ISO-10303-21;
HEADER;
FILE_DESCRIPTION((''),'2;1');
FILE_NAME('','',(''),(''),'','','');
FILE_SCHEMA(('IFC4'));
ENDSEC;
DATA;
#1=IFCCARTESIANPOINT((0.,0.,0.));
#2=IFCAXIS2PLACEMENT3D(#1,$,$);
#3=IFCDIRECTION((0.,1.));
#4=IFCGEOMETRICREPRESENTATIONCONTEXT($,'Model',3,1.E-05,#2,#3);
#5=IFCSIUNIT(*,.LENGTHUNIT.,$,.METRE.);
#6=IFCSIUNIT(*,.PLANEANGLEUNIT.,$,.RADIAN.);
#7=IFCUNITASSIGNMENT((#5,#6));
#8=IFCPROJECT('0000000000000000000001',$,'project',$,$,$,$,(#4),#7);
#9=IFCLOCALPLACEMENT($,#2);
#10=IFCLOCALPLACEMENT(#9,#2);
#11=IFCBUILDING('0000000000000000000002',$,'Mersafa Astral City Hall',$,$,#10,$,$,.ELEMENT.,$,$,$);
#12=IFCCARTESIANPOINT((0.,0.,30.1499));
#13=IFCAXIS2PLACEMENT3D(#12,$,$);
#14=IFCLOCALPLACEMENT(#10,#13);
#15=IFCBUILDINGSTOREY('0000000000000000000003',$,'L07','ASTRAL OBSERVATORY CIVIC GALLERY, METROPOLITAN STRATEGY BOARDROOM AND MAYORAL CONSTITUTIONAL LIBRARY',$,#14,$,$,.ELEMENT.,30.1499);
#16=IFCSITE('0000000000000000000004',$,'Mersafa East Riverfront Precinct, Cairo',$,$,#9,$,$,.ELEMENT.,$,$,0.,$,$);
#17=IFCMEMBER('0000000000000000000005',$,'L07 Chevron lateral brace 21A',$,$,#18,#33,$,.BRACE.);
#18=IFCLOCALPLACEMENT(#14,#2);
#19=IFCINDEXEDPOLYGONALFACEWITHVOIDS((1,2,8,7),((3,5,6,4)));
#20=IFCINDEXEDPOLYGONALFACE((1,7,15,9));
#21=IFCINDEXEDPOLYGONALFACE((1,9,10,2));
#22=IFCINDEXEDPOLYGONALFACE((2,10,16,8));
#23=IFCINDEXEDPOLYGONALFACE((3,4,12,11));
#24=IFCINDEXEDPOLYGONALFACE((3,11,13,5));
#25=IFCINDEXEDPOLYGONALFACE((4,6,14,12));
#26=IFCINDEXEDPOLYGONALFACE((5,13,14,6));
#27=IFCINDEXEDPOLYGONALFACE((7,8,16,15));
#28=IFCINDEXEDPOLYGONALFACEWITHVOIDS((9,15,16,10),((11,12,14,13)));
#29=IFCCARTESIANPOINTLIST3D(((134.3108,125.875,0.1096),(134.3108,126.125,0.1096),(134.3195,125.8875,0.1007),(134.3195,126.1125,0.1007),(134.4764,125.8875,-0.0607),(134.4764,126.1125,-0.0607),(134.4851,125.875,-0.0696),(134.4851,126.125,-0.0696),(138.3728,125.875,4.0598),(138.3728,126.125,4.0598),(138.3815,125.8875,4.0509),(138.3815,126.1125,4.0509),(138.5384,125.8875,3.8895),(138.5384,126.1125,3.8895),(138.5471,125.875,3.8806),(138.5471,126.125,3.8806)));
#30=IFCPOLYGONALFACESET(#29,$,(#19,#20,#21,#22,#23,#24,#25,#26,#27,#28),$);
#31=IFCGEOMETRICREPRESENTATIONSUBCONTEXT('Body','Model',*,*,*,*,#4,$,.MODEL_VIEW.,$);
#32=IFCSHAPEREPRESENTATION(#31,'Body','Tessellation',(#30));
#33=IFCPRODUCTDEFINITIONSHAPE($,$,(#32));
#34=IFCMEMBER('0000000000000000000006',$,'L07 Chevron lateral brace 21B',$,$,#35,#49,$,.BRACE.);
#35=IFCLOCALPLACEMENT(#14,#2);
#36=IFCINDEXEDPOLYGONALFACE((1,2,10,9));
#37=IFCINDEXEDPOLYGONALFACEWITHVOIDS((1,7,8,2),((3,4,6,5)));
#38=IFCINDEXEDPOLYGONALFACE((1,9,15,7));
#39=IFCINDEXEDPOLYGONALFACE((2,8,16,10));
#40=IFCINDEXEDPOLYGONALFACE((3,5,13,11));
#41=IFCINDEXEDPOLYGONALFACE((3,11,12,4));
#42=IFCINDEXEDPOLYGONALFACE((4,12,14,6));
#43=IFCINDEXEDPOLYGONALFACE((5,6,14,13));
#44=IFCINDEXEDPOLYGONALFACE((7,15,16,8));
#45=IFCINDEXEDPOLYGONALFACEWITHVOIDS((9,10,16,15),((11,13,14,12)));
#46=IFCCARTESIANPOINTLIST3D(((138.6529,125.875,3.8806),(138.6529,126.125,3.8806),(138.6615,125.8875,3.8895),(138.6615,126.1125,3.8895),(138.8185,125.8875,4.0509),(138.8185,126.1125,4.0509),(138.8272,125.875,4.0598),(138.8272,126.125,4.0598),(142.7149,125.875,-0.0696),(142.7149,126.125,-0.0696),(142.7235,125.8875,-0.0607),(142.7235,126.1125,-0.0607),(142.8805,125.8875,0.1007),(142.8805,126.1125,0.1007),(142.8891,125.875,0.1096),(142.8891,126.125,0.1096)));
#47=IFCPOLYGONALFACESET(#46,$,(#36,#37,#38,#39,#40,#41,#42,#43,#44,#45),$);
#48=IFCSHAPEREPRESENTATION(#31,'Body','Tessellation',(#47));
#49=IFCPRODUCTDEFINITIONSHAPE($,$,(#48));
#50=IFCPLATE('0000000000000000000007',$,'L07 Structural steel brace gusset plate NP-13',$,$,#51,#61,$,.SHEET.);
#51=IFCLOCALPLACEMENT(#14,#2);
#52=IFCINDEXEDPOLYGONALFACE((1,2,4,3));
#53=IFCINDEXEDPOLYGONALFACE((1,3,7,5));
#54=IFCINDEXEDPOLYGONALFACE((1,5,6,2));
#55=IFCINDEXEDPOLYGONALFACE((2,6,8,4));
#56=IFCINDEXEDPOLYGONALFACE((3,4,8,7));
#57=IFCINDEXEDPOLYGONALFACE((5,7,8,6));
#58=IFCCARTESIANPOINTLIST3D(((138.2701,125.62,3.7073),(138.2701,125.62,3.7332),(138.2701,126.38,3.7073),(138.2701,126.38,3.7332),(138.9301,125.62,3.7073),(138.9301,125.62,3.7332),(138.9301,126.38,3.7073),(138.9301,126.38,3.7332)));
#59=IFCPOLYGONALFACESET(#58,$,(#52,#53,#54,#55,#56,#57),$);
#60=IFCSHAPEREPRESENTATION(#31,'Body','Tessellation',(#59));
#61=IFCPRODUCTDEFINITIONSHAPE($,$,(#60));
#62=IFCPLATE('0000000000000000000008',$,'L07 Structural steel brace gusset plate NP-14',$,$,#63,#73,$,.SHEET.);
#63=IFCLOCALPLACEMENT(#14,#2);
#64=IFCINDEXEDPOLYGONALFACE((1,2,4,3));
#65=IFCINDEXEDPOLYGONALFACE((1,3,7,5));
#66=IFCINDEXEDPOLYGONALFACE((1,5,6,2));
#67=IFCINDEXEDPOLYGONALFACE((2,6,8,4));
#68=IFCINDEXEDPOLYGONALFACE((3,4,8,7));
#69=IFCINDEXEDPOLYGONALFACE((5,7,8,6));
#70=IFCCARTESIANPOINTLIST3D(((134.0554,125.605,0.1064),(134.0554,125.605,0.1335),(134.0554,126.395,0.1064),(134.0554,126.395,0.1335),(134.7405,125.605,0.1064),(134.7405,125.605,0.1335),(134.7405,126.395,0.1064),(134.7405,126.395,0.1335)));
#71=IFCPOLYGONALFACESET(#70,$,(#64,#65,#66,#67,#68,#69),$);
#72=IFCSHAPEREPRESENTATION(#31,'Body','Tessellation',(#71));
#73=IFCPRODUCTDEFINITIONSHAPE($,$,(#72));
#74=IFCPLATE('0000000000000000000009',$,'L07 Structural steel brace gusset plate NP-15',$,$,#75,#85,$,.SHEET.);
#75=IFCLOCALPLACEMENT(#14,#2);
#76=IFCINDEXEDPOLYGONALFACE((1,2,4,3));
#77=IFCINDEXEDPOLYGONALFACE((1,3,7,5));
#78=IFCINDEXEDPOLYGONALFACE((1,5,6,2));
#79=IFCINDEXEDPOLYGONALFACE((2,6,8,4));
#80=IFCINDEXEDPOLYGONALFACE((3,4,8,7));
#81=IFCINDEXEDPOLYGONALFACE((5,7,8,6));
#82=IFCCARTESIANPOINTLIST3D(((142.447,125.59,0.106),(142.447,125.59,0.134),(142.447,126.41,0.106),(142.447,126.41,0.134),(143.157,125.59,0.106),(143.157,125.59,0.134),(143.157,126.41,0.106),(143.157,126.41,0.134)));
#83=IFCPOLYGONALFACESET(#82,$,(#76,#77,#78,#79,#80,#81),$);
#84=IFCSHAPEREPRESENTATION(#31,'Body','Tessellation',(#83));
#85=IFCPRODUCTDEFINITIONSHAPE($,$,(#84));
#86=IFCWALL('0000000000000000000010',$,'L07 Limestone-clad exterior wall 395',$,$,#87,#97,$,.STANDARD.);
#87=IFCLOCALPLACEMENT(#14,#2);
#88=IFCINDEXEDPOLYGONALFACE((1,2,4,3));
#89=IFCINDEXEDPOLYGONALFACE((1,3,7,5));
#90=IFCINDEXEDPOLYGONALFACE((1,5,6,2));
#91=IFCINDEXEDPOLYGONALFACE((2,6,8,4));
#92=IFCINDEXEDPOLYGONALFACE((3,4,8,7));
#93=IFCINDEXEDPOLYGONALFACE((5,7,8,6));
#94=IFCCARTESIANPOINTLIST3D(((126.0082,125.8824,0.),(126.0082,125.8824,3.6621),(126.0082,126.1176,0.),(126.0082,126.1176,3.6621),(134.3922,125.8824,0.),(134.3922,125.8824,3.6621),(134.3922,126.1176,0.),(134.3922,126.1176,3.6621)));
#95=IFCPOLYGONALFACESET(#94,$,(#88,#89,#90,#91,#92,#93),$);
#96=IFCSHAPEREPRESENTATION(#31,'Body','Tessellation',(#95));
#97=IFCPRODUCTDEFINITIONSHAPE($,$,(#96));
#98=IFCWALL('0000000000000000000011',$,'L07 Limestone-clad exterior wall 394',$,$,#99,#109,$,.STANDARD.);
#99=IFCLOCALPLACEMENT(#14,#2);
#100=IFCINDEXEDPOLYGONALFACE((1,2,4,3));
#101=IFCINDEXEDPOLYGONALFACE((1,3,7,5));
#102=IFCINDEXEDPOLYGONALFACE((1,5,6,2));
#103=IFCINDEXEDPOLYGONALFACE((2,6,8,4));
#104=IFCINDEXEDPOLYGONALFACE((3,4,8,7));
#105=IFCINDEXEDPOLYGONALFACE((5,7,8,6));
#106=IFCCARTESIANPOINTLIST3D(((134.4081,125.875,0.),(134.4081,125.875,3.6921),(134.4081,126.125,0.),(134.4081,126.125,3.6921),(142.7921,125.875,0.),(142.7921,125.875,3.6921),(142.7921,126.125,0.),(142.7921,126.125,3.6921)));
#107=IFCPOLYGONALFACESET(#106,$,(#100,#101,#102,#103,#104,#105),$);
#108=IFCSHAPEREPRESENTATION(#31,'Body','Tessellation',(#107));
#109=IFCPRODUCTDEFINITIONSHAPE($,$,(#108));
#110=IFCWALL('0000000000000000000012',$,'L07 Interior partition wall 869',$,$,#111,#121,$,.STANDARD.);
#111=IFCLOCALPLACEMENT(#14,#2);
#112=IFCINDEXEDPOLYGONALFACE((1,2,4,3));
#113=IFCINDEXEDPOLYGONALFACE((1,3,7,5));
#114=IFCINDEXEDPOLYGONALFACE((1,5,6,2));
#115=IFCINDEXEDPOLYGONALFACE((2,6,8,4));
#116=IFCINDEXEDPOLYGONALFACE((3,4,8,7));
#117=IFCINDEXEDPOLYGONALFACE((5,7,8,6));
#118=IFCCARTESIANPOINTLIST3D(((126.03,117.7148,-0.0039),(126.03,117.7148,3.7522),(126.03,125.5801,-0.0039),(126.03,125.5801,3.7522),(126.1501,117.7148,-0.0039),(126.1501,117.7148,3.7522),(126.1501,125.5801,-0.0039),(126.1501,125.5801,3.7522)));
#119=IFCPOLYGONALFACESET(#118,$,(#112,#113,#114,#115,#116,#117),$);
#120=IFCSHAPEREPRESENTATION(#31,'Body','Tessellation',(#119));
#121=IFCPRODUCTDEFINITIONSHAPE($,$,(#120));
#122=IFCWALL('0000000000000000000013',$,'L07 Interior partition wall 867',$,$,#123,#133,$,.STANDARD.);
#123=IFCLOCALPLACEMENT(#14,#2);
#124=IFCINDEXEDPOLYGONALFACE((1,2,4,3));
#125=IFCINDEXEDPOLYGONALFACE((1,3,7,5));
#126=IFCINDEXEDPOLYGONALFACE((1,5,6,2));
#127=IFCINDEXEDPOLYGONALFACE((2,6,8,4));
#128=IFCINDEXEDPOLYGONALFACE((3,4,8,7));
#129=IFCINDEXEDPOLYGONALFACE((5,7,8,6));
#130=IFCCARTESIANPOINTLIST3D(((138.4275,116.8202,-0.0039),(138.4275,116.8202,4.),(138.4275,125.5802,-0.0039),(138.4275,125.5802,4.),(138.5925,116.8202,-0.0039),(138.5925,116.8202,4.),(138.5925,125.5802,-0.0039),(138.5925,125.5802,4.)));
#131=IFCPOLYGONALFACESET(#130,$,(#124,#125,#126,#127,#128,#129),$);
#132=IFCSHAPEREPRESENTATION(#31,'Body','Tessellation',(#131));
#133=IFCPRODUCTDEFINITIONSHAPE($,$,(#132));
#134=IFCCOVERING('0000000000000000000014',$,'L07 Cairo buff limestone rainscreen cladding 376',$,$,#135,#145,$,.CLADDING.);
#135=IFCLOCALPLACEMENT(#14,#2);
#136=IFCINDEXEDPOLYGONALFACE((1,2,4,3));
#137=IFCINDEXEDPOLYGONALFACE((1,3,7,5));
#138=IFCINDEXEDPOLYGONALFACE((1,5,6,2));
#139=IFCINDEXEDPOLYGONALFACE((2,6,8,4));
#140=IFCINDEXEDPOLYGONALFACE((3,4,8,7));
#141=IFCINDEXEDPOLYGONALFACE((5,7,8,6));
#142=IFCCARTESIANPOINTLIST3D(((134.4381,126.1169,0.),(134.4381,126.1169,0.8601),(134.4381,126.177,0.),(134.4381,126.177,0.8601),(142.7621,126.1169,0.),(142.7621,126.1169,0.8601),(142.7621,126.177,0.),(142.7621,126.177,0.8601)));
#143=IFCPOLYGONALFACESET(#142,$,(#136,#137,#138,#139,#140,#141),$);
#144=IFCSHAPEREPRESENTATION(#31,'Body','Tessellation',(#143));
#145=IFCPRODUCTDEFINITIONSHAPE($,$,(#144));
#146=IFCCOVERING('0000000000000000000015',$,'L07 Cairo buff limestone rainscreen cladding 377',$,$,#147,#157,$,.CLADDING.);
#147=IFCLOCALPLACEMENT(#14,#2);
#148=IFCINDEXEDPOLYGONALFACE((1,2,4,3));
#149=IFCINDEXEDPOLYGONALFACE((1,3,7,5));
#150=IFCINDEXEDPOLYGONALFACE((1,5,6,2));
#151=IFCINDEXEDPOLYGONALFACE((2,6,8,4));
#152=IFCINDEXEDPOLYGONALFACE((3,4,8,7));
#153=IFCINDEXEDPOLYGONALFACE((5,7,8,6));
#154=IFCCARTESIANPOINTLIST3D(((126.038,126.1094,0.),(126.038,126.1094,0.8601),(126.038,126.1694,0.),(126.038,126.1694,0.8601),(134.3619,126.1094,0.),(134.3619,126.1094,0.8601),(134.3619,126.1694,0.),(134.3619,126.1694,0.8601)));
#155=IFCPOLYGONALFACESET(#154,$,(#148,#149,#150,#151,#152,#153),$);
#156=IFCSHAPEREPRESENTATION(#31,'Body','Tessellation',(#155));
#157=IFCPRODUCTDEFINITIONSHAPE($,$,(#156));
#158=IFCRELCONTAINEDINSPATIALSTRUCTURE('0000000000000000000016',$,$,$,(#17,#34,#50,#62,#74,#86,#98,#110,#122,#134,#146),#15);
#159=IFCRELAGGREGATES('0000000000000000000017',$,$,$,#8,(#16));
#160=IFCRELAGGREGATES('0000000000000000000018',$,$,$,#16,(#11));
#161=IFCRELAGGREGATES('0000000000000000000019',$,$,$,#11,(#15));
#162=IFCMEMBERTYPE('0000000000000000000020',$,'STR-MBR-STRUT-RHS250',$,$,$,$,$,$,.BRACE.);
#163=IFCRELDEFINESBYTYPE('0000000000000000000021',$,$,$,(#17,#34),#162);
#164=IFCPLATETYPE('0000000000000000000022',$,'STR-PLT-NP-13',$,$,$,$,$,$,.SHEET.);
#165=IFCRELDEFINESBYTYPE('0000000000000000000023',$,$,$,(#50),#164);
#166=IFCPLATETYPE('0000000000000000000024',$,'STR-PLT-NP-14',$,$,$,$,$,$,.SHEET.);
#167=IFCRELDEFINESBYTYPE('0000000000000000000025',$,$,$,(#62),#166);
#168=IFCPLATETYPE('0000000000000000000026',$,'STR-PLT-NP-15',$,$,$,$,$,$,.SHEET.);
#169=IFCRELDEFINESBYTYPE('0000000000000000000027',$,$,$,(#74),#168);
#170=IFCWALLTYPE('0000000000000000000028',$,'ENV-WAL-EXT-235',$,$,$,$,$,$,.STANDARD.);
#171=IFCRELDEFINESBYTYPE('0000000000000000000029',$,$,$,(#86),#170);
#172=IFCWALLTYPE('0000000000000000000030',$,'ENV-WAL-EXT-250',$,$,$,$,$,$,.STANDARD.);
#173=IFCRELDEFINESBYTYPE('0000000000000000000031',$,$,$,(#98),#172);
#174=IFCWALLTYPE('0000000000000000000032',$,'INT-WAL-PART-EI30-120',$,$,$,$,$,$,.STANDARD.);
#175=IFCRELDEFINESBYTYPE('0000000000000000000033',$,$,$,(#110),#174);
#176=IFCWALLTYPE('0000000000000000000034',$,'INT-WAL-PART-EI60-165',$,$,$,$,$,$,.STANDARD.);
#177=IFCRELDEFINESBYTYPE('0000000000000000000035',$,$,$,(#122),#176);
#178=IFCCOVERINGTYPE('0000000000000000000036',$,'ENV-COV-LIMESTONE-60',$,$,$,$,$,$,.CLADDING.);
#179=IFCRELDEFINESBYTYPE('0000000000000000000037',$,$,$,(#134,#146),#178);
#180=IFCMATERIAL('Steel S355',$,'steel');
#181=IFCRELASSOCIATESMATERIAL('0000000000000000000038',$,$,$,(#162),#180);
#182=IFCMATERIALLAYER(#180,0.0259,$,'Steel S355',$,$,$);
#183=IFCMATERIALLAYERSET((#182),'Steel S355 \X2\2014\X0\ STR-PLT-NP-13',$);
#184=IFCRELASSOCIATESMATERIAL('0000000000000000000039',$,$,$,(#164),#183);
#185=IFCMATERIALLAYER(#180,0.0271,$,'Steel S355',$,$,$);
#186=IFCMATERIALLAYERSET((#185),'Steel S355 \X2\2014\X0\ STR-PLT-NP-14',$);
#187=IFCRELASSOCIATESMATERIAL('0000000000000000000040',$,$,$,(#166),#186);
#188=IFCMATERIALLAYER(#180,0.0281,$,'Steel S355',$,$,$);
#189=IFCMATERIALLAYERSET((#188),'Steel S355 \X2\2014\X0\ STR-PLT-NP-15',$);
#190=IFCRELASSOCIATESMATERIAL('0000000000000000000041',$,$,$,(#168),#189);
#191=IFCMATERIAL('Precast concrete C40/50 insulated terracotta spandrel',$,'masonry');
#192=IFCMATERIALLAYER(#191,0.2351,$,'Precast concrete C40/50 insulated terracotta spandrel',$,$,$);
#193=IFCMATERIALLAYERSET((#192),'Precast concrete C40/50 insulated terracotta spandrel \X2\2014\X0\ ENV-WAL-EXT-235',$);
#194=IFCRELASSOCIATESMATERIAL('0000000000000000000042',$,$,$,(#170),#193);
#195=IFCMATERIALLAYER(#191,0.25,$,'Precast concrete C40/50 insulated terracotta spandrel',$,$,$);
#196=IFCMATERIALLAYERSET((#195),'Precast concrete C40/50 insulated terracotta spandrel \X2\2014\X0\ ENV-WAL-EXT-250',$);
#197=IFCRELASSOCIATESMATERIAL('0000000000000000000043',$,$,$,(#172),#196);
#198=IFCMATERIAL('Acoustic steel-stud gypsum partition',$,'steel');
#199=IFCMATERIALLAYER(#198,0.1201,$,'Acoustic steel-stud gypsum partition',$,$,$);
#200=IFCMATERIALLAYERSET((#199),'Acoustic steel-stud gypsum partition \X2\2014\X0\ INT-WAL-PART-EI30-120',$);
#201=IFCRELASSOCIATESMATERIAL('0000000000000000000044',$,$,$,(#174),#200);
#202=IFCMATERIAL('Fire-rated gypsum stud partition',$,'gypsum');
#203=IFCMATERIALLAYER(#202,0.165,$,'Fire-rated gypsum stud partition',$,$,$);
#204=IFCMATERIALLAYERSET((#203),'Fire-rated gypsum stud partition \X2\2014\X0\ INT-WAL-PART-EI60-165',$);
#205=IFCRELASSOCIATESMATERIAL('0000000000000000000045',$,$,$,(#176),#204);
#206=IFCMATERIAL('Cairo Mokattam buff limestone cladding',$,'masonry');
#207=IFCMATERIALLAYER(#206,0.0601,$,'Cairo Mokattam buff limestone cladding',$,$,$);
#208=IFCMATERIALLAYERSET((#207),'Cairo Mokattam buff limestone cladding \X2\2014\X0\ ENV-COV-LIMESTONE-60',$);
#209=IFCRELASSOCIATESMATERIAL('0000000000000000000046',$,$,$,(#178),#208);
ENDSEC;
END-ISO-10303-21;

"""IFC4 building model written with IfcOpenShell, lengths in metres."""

from ifc_helpers import new_model, si_unit, direction, frame, frame_2d, origin, origin_2d, place, context, subcontext, project, spatial, rectangle, hollow_rectangle, extrude, material, layer, layer_set, material_profile, profile_set, type_object, element, save


model = new_model("IFC4")

# Units and contexts
model_context = context("Model", 3, precision=1e-05, world=origin(), true_north=direction((0.0, 1.0)))
body_context = subcontext(model_context, "Body", "Model", "MODEL_VIEW")
ifc_project = project(units=[si_unit("LENGTHUNIT", "METRE"), si_unit("PLANEANGLEUNIT", "RADIAN")], contexts=[model_context])

# Site, building, storey
site_placement = place(None, origin())
site = spatial("IfcSite", under=ifc_project, at=site_placement, Name="Mersafa East Riverfront Precinct, Cairo", CompositionType="ELEMENT", RefElevation=0.0)
building_placement = place(site_placement, origin())
building = spatial("IfcBuilding", under=site, at=building_placement, Name="Mersafa Astral City Hall", CompositionType="ELEMENT")
storey_placement = place(building_placement, frame((0.0, 0.0, 30.1499)))
storey = spatial("IfcBuildingStorey", under=building, at=storey_placement, Name="L07", Description="ASTRAL OBSERVATORY CIVIC GALLERY, METROPOLITAN STRATEGY BOARDROOM AND MAYORAL CONSTITUTIONAL LIBRARY", CompositionType="ELEMENT", Elevation=30.1499)

# Shared definitions
ifc_material_1 = material(Name="Steel S355", Category="steel")

# Members
ifc_material_profile_1 = material_profile(ifc_material_1, hollow_rectangle(XDim=0.25, YDim=0.25, WallThickness=0.0125, at=origin_2d()), Name="RHS 250x250x12.5")
ifc_profile_set_1 = profile_set([ifc_material_profile_1], Name="Steel S355")
member_type_1 = type_object("IfcMemberType", Name="STR-MBR-STRUT-RHS250", PredefinedType="BRACE", material=ifc_profile_set_1)
for number, where, z_axis, x_axis, name in (
    (1, (134.3979, 126.0, 0.02), (0.716905, 0.0, 0.697171), (0.0, 1.0, 0.0), "L07 Chevron lateral brace 21A"),
    (2, (142.802, 126.0, 0.02), (-0.716905, 0.0, 0.697171), (0.0, -1.0, 0.0), "L07 Chevron lateral brace 21B"),
):
    element("IfcMember", number, at=place(storey_placement, frame(where, z_axis=z_axis, x_axis=x_axis)), inside=storey, type_object=member_type_1, Name=name, PredefinedType="BRACE", context=body_context, shape_type="SweptSolid", body=[
        extrude(hollow_rectangle(XDim=0.25, YDim=0.25, WallThickness=0.0125, at=origin_2d()), origin(), (0.0, 0.0, 1.0), 5.666),
    ])

# Plates
ifc_layer_1 = layer(ifc_material_1, 0.0259, Name="Steel S355")
ifc_layer_set_1 = layer_set([ifc_layer_1], Name="Steel S355 — STR-PLT-NP-13")
plate_type_1 = type_object("IfcPlateType", Name="STR-PLT-NP-13", PredefinedType="SHEET", material=ifc_layer_set_1)
plate_1_placement = place(storey_placement, frame((138.6001, 126.0, 3.7073), z_axis=(0.0, 0.0, 1.0), x_axis=(1.0, 0.0, 0.0)))
element("IfcPlate", 3, at=plate_1_placement, inside=storey, type_object=plate_type_1, Name="L07 Structural steel brace gusset plate NP-13", PredefinedType="SHEET", context=body_context, shape_type="SweptSolid", body=[
    extrude(rectangle(XDim=0.6599, YDim=0.76, at=origin_2d()), origin(), (0.0, 0.0, 1.0), 0.0259),
])
ifc_layer_2 = layer(ifc_material_1, 0.0271, Name="Steel S355")
ifc_layer_set_2 = layer_set([ifc_layer_2], Name="Steel S355 — STR-PLT-NP-14")
plate_type_2 = type_object("IfcPlateType", Name="STR-PLT-NP-14", PredefinedType="SHEET", material=ifc_layer_set_2)
plate_2_placement = place(storey_placement, frame((134.3979, 126.0, 0.1064), z_axis=(0.0, 0.0, 1.0), x_axis=(1.0, 0.0, 0.0)))
element("IfcPlate", 4, at=plate_2_placement, inside=storey, type_object=plate_type_2, Name="L07 Structural steel brace gusset plate NP-14", PredefinedType="SHEET", context=body_context, shape_type="SweptSolid", body=[
    extrude(rectangle(XDim=0.6851, YDim=0.79, at=origin_2d()), origin(), (0.0, 0.0, 1.0), 0.0271),
])
ifc_layer_3 = layer(ifc_material_1, 0.0281, Name="Steel S355")
ifc_layer_set_3 = layer_set([ifc_layer_3], Name="Steel S355 — STR-PLT-NP-15")
plate_type_3 = type_object("IfcPlateType", Name="STR-PLT-NP-15", PredefinedType="SHEET", material=ifc_layer_set_3)
plate_3_placement = place(storey_placement, frame((142.802, 126.0, 0.106), z_axis=(0.0, 0.0, 1.0), x_axis=(1.0, 0.0, 0.0)))
element("IfcPlate", 5, at=plate_3_placement, inside=storey, type_object=plate_type_3, Name="L07 Structural steel brace gusset plate NP-15", PredefinedType="SHEET", context=body_context, shape_type="SweptSolid", body=[
    extrude(rectangle(XDim=0.71, YDim=0.8201, at=origin_2d()), origin(), (0.0, 0.0, 1.0), 0.0281),
])

# Walls
ifc_material_2 = material(Name="Precast concrete C40/50 insulated terracotta spandrel", Category="masonry")
ifc_layer_4 = layer(ifc_material_2, 0.2351, Name="Precast concrete C40/50 insulated terracotta spandrel")
ifc_layer_set_4 = layer_set([ifc_layer_4], Name="Precast concrete C40/50 insulated terracotta spandrel — ENV-WAL-EXT-235")
wall_type_1 = type_object("IfcWallType", Name="ENV-WAL-EXT-235", PredefinedType="STANDARD", material=ifc_layer_set_4)
wall_1_placement = place(storey_placement, frame((134.3921, 126.0, 0.0), z_axis=(0.0, 0.0, 1.0), x_axis=(-1.0, 0.0, 0.0)))
element("IfcWall", 6, at=wall_1_placement, inside=storey, type_object=wall_type_1, Name="L07 Limestone-clad exterior wall 395", PredefinedType="STANDARD", context=body_context, shape_type="SweptSolid", body=[
    extrude(rectangle(XDim=8.384, YDim=0.2351, at=frame_2d((4.1919, 0.0))), origin(), (0.0, 0.0, 1.0), 3.6621),
])
ifc_layer_5 = layer(ifc_material_2, 0.25, Name="Precast concrete C40/50 insulated terracotta spandrel")
ifc_layer_set_5 = layer_set([ifc_layer_5], Name="Precast concrete C40/50 insulated terracotta spandrel — ENV-WAL-EXT-250")
wall_type_2 = type_object("IfcWallType", Name="ENV-WAL-EXT-250", PredefinedType="STANDARD", material=ifc_layer_set_5)
wall_2_placement = place(storey_placement, frame((142.792, 126.0, 0.0), z_axis=(0.0, 0.0, 1.0), x_axis=(-1.0, 0.0, 0.0)))
element("IfcWall", 7, at=wall_2_placement, inside=storey, type_object=wall_type_2, Name="L07 Limestone-clad exterior wall 394", PredefinedType="STANDARD", context=body_context, shape_type="SweptSolid", body=[
    extrude(rectangle(XDim=8.384, YDim=0.25, at=frame_2d((4.1919, 0.0))), origin(), (0.0, 0.0, 1.0), 3.6921),
])
ifc_material_3 = material(Name="Acoustic steel-stud gypsum partition", Category="steel")
ifc_layer_6 = layer(ifc_material_3, 0.1201, Name="Acoustic steel-stud gypsum partition")
ifc_layer_set_6 = layer_set([ifc_layer_6], Name="Acoustic steel-stud gypsum partition — INT-WAL-PART-EI30-120")
wall_type_3 = type_object("IfcWallType", Name="INT-WAL-PART-EI30-120", PredefinedType="STANDARD", material=ifc_layer_set_6)
wall_3_placement = place(storey_placement, frame((126.0901, 117.7148, -0.0039), z_axis=(0.0, 0.0, 1.0), x_axis=(0.0, 1.0, 0.0)))
element("IfcWall", 8, at=wall_3_placement, inside=storey, type_object=wall_type_3, Name="L07 Interior partition wall 869", PredefinedType="STANDARD", context=body_context, shape_type="SweptSolid", body=[
    extrude(rectangle(XDim=7.8652, YDim=0.1201, at=frame_2d((3.9326, 0.0))), origin(), (0.0, 0.0, 1.0), 3.7561),
])
ifc_material_4 = material(Name="Fire-rated gypsum stud partition", Category="gypsum")
ifc_layer_7 = layer(ifc_material_4, 0.165, Name="Fire-rated gypsum stud partition")
ifc_layer_set_7 = layer_set([ifc_layer_7], Name="Fire-rated gypsum stud partition — INT-WAL-PART-EI60-165")
wall_type_4 = type_object("IfcWallType", Name="INT-WAL-PART-EI60-165", PredefinedType="STANDARD", material=ifc_layer_set_7)
wall_4_placement = place(storey_placement, frame((138.51, 125.5801, -0.0039), z_axis=(0.0, 0.0, 1.0), x_axis=(0.0, -1.0, 0.0)))
element("IfcWall", 9, at=wall_4_placement, inside=storey, type_object=wall_type_4, Name="L07 Interior partition wall 867", PredefinedType="STANDARD", context=body_context, shape_type="SweptSolid", body=[
    extrude(rectangle(XDim=8.76, YDim=0.165, at=frame_2d((4.3799, 0.0))), origin(), (0.0, 0.0, 1.0), 4.0039),
])

# Coverings
ifc_material_5 = material(Name="Cairo Mokattam buff limestone cladding", Category="masonry")
ifc_layer_8 = layer(ifc_material_5, 0.0601, Name="Cairo Mokattam buff limestone cladding")
ifc_layer_set_8 = layer_set([ifc_layer_8], Name="Cairo Mokattam buff limestone cladding — ENV-COV-LIMESTONE-60")
covering_type = type_object("IfcCoveringType", Name="ENV-COV-LIMESTONE-60", PredefinedType="CLADDING", material=ifc_layer_set_8)
for number, where, z_axis, x_axis, name in (
    (10, (138.6001, 126.147, 0.0), (0.0, 0.0, 1.0), (-1.0, 0.0, 0.0), "L07 Cairo buff limestone rainscreen cladding 376"),
    (11, (130.2, 126.1394, 0.0), (0.0, 0.0, 1.0), (-1.0, 0.0, 0.0), "L07 Cairo buff limestone rainscreen cladding 377"),
):
    element("IfcCovering", number, at=place(storey_placement, frame(where, z_axis=z_axis, x_axis=x_axis)), inside=storey, type_object=covering_type, Name=name, PredefinedType="CLADDING", context=body_context, shape_type="SweptSolid", body=[
        extrude(rectangle(XDim=8.324, YDim=0.0601, at=origin_2d()), origin(), (0.0, 0.0, 1.0), 0.8601),
    ])

save(model, "model.ifc")
